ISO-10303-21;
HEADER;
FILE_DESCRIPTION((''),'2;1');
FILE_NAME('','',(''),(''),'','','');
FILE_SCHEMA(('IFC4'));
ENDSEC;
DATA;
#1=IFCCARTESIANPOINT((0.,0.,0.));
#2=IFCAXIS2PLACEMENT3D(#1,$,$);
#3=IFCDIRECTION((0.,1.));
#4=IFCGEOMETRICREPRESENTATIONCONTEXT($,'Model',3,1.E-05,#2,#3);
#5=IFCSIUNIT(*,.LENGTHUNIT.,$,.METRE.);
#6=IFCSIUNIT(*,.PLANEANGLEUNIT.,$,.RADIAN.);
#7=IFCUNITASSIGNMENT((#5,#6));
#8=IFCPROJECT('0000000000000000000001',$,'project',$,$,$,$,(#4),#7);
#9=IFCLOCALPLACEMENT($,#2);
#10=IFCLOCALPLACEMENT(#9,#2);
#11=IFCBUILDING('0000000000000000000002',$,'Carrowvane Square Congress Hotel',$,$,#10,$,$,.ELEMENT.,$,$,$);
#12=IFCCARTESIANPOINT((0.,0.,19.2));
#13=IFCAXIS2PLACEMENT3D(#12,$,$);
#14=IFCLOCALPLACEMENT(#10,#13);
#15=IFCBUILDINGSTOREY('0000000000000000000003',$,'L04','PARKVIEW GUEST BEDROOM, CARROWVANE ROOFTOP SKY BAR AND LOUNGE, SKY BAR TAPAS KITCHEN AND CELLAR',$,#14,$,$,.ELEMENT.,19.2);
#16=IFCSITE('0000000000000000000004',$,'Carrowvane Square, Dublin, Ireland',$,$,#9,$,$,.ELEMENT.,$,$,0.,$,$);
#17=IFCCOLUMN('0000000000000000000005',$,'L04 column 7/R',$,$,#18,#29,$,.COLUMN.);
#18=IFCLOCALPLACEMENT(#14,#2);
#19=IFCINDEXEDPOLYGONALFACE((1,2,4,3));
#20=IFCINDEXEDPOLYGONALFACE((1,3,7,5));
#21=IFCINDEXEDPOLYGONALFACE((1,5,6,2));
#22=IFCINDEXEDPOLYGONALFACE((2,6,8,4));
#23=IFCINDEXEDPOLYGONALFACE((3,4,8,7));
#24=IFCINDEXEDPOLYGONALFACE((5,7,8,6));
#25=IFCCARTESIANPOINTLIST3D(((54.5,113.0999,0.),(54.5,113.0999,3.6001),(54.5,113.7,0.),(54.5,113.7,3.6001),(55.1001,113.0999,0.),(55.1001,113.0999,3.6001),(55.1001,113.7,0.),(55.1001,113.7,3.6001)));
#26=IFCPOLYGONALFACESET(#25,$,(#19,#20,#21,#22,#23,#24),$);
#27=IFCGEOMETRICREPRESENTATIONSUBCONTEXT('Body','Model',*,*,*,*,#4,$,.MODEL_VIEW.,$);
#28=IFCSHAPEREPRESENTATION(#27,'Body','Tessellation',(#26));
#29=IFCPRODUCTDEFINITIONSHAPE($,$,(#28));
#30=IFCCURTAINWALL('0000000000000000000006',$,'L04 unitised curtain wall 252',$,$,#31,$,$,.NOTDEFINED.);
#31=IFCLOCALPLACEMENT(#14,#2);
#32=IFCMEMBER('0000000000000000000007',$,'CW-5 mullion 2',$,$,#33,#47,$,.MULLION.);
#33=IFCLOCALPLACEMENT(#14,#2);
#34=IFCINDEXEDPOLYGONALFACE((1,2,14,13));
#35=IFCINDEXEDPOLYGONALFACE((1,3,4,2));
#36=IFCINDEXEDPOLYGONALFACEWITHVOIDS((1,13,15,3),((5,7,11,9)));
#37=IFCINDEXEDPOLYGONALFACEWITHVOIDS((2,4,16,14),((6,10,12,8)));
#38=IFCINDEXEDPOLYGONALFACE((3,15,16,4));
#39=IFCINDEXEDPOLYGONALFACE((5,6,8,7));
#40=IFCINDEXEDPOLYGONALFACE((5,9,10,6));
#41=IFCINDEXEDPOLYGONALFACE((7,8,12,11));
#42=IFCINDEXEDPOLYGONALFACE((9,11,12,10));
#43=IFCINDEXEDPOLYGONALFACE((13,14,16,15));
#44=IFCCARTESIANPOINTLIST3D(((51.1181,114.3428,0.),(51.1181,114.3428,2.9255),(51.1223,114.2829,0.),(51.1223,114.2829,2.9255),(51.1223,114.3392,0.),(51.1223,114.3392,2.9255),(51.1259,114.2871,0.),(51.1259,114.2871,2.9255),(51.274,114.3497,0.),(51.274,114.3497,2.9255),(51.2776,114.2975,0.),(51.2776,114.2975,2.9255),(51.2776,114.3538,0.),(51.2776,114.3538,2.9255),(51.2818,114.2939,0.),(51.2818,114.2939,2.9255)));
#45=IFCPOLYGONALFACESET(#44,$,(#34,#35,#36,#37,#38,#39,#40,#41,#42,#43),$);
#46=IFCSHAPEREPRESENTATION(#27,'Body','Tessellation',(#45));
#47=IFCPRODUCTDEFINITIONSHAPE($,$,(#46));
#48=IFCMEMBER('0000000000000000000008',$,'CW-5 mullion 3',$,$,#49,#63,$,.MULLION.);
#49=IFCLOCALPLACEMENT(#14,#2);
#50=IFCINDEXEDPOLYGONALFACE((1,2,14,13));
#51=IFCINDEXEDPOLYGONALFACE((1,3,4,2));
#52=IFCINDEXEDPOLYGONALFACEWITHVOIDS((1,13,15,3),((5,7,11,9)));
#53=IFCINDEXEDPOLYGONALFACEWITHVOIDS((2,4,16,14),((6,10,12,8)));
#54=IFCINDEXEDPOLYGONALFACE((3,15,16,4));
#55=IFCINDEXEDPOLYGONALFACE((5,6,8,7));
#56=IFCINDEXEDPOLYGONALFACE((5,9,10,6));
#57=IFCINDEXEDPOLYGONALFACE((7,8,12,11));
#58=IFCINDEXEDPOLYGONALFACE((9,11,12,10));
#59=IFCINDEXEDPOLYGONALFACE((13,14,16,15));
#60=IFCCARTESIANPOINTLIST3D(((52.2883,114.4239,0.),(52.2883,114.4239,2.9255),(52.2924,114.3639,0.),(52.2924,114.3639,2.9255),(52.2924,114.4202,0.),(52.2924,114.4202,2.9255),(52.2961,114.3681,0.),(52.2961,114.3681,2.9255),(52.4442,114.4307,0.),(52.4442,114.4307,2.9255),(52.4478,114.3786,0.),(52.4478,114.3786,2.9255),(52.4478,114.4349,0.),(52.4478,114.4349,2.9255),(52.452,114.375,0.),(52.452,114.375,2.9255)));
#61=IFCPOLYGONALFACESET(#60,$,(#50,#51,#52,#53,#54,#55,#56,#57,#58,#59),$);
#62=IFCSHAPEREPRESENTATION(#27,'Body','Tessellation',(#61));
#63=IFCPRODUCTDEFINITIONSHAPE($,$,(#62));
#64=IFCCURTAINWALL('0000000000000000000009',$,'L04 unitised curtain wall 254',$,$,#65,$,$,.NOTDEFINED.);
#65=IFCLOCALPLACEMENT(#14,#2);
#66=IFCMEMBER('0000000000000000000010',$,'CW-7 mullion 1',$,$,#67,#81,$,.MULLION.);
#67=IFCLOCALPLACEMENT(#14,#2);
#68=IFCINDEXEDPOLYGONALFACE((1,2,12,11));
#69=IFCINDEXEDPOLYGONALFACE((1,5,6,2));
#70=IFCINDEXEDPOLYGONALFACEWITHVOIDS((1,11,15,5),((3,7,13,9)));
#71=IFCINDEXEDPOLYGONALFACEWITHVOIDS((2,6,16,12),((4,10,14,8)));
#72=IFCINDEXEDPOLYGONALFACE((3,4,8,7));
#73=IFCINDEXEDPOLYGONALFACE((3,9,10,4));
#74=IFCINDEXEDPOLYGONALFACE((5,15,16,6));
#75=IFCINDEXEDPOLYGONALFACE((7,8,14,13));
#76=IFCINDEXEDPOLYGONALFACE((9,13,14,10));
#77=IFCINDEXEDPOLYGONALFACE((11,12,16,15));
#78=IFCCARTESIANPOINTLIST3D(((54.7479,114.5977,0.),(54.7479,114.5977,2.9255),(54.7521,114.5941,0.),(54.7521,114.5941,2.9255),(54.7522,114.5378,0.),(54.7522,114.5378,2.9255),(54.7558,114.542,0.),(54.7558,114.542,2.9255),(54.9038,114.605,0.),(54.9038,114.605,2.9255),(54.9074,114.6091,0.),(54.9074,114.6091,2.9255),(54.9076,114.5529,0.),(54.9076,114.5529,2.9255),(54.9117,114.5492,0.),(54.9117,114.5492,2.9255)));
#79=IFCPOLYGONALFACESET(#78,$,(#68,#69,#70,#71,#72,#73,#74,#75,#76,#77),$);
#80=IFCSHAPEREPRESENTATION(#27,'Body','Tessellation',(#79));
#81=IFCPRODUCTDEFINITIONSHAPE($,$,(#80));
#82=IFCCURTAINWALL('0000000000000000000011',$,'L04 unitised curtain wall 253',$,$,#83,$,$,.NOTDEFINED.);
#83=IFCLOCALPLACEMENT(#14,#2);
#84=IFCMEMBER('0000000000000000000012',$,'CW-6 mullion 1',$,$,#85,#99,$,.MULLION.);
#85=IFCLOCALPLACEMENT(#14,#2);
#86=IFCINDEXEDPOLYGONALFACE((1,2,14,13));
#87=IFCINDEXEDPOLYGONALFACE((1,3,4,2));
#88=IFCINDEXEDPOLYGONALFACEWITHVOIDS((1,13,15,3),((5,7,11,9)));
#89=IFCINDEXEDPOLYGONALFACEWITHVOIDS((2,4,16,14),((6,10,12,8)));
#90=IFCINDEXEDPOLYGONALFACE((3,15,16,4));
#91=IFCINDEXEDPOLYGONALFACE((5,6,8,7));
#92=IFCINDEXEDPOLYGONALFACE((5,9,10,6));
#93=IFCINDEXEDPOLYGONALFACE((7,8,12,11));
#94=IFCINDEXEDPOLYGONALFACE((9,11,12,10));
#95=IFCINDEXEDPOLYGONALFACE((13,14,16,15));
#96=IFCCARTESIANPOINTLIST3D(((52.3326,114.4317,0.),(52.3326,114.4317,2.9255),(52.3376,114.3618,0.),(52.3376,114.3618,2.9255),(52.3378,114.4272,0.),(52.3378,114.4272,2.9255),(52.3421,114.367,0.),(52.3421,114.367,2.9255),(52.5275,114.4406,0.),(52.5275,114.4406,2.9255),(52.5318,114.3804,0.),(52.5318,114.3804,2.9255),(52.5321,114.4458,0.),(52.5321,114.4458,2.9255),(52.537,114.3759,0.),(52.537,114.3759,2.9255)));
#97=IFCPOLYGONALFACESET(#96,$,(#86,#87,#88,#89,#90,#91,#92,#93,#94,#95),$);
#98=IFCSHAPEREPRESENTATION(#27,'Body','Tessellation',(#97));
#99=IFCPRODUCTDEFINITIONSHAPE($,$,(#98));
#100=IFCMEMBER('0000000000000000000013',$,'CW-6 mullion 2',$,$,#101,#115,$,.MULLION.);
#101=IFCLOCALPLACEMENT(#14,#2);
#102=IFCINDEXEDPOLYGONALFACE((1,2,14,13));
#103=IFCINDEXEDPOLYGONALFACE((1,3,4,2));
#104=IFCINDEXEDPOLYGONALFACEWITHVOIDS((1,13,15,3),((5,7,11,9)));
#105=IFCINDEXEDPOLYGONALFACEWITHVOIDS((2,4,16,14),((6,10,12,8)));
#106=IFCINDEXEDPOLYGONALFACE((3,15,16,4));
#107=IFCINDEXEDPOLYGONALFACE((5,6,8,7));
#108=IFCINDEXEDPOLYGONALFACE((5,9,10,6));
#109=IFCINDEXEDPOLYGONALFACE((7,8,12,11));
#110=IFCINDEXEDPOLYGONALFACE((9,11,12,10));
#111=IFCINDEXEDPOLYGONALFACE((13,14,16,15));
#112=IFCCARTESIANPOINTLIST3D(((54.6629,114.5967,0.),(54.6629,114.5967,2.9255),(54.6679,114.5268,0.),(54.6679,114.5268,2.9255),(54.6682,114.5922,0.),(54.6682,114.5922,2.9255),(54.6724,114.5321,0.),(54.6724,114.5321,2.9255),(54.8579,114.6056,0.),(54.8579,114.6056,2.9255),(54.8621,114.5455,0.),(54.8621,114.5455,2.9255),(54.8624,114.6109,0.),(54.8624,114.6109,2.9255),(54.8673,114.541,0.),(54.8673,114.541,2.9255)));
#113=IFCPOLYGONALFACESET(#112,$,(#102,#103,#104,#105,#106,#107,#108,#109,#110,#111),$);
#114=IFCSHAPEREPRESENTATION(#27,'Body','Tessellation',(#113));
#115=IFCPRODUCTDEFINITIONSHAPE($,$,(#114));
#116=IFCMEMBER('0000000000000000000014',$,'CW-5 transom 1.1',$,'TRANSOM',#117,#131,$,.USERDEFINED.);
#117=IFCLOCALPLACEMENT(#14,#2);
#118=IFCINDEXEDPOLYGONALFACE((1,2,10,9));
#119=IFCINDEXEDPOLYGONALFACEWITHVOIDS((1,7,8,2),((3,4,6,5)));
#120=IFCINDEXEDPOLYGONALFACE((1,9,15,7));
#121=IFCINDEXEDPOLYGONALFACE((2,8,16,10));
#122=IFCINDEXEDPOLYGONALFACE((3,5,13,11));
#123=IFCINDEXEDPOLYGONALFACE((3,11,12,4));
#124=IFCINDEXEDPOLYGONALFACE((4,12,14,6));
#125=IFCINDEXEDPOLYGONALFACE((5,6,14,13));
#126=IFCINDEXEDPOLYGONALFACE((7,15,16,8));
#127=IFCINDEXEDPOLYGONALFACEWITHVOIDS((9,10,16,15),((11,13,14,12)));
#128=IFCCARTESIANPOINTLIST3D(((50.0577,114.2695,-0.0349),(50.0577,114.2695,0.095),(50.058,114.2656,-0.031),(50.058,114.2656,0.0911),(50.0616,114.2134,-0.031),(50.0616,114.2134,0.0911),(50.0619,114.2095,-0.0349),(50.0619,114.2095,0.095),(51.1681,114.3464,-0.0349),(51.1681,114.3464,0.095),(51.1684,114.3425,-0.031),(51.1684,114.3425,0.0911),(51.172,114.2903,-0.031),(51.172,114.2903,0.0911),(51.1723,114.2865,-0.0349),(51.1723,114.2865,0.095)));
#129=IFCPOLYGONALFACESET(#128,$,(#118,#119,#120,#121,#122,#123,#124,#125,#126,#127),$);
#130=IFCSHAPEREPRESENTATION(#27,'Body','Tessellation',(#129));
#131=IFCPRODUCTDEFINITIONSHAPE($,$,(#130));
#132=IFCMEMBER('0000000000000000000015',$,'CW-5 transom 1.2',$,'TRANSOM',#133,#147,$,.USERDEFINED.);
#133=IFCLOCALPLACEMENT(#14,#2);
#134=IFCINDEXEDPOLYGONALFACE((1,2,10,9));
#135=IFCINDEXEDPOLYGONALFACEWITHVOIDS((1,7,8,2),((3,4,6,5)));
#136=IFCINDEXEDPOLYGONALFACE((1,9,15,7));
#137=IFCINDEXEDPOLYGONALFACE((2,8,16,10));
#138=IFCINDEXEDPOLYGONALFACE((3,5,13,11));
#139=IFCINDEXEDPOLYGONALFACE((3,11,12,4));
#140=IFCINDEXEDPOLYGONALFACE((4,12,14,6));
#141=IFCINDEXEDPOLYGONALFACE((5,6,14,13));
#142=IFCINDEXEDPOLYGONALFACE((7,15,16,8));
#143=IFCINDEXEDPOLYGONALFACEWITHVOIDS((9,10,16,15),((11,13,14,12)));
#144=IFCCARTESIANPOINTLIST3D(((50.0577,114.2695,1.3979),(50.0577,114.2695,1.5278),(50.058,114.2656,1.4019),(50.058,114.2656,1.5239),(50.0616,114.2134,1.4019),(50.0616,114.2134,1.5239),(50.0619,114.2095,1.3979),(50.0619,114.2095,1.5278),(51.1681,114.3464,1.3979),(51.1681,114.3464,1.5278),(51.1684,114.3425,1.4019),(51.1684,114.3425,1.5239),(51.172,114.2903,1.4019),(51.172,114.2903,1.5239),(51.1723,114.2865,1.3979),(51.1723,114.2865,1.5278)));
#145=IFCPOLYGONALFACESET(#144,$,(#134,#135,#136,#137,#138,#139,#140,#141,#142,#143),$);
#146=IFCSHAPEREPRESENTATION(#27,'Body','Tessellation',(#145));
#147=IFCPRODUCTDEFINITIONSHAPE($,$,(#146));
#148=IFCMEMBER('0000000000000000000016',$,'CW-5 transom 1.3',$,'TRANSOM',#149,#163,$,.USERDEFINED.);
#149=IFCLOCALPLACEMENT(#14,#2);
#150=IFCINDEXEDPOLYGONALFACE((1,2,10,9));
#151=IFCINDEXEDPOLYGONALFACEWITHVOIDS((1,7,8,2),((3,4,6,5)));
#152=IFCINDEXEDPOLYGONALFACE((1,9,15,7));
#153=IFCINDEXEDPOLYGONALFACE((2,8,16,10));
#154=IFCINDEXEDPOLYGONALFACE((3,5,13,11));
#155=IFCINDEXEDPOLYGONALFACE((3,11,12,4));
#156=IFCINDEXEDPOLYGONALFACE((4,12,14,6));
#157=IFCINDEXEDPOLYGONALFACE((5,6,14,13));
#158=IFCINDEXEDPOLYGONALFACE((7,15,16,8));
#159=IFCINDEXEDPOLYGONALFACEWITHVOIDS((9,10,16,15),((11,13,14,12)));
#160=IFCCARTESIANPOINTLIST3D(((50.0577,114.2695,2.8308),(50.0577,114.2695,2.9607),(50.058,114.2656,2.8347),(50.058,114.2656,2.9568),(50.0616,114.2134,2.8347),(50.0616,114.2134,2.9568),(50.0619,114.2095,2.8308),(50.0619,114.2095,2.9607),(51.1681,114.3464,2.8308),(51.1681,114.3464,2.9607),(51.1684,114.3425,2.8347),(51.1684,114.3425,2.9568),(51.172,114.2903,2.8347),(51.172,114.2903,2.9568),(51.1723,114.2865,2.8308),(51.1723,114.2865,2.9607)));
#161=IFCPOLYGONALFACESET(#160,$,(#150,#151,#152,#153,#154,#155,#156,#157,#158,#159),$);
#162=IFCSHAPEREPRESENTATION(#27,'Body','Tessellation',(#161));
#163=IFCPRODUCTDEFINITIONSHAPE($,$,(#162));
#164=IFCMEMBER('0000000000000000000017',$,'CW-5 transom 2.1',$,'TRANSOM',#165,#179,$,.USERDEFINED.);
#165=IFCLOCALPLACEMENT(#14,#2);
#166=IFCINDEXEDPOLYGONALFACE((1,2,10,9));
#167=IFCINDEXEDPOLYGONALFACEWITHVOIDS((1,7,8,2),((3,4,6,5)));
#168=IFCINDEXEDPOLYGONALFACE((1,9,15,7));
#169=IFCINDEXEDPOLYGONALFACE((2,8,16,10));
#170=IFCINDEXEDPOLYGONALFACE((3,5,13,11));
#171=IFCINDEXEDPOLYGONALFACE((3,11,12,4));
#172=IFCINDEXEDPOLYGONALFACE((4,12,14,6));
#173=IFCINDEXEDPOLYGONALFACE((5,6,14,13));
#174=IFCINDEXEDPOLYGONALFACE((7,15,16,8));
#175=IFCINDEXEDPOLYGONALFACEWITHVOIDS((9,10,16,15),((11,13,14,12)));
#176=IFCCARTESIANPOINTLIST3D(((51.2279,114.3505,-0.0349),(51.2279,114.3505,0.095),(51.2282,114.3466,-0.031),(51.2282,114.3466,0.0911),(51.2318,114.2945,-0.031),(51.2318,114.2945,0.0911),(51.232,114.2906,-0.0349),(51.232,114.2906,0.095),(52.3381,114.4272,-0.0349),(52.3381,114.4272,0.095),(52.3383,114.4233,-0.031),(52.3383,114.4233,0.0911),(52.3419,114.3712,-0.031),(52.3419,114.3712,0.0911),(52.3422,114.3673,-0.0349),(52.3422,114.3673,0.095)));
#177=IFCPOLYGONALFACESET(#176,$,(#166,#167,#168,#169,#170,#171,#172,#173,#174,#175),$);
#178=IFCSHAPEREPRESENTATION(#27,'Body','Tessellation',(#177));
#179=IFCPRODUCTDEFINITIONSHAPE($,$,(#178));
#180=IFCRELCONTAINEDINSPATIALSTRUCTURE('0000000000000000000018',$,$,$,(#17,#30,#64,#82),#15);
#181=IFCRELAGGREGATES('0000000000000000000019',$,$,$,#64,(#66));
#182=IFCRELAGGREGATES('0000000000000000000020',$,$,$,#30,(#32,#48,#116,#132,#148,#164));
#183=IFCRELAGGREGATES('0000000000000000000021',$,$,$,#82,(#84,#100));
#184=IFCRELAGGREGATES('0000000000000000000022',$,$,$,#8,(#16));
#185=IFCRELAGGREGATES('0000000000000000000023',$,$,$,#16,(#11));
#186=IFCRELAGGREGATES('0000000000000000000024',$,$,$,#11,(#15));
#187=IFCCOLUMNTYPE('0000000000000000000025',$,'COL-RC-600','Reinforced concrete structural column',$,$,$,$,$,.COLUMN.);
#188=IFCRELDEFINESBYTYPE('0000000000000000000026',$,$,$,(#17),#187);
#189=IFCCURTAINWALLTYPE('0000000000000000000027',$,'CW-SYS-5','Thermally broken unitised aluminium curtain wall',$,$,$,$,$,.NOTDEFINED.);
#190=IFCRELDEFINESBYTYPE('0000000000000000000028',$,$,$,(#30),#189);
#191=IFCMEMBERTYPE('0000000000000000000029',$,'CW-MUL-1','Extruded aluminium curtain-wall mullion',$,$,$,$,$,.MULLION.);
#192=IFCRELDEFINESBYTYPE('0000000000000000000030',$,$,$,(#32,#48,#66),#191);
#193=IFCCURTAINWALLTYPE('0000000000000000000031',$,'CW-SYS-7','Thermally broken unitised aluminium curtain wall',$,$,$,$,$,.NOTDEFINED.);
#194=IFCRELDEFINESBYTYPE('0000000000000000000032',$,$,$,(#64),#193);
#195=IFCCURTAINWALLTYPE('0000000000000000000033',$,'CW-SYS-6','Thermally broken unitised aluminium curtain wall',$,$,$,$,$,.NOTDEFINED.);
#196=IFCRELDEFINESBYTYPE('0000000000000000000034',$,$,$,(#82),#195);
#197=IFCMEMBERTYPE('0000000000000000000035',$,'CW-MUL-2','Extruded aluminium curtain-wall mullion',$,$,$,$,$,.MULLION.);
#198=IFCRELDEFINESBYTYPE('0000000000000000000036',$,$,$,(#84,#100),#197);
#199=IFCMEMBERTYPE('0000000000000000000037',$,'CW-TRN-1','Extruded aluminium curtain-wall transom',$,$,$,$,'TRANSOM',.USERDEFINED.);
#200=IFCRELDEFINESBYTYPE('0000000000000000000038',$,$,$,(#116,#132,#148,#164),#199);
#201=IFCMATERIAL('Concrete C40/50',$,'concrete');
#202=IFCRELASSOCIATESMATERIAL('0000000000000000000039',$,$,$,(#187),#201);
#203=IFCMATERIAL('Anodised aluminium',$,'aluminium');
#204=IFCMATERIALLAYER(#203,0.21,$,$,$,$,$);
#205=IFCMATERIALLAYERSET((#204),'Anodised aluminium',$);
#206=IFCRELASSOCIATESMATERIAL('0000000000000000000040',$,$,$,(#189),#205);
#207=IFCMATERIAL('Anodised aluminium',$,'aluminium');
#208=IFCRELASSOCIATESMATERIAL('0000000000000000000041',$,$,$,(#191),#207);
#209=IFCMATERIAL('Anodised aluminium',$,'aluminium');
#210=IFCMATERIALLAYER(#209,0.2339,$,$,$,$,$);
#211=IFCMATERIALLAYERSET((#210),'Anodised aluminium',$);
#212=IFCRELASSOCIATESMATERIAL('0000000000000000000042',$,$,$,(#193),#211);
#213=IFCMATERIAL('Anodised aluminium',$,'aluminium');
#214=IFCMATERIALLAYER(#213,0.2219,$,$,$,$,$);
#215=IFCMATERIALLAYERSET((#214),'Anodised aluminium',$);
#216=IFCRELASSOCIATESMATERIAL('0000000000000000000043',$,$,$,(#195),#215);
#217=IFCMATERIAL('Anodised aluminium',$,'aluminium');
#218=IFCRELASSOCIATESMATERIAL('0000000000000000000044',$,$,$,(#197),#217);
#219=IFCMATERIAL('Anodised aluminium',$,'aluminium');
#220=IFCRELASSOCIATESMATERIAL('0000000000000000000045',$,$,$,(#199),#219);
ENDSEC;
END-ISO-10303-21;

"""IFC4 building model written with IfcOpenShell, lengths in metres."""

from ifc_helpers import new_model, si_unit, direction, frame, origin, origin_2d, place, context, subcontext, project, spatial, rectangle, hollow_rectangle, extrude, material, layer, layer_set, material_profile, profile_set, type_object, element, aggregate, save


model = new_model("IFC4")

# Units and contexts
model_context = context("Model", 3, precision=1e-05, world=origin(), true_north=direction((0.0, 1.0)))
body_context = subcontext(model_context, "Body", "Model", "MODEL_VIEW")
ifc_project = project(units=[si_unit("LENGTHUNIT", "METRE"), si_unit("PLANEANGLEUNIT", "RADIAN")], contexts=[model_context])

# Site, building, storey
site_placement = place(None, origin())
site = spatial("IfcSite", under=ifc_project, at=site_placement, Name="Carrowvane Square, Dublin, Ireland", CompositionType="ELEMENT", RefElevation=0.0)
building_placement = place(site_placement, origin())
building = spatial("IfcBuilding", under=site, at=building_placement, Name="Carrowvane Square Congress Hotel", CompositionType="ELEMENT")
storey_placement = place(building_placement, frame((0.0, 0.0, 19.2)))
storey = spatial("IfcBuildingStorey", under=building, at=storey_placement, Name="L04", Description="PARKVIEW GUEST BEDROOM, CARROWVANE ROOFTOP SKY BAR AND LOUNGE, SKY BAR TAPAS KITCHEN AND CELLAR", CompositionType="ELEMENT", Elevation=19.2)

# Column
ifc_material_1 = material(Name="Concrete C40/50", Category="concrete")
ifc_material_profile_1 = material_profile(ifc_material_1, rectangle(XDim=0.6001, YDim=0.6001, at=origin_2d()), Name="RC 600x600")
ifc_profile_set_1 = profile_set([ifc_material_profile_1], Name="Concrete C40/50")
column_type = type_object("IfcColumnType", Name="COL-RC-600", Description="Reinforced concrete structural column", PredefinedType="COLUMN", material=ifc_profile_set_1)
column_placement = place(storey_placement, frame((54.8, 113.3999, 0.0), z_axis=(0.0, 0.0, 1.0), x_axis=(1.0, 0.0, 0.0)))
element("IfcColumn", 1, at=column_placement, inside=storey, type_object=column_type, Name="L04 column 7/R", PredefinedType="COLUMN", context=body_context, shape_type="SweptSolid", body=[
    extrude(rectangle(XDim=0.6001, YDim=0.6001, at=origin_2d()), origin(), (0.0, 0.0, 1.0), 3.6001),
])

# Curtain wall, members
ifc_material_2 = material(Name="Anodised aluminium", Category="aluminium")
ifc_layer_1 = layer(ifc_material_2, 0.21)
ifc_layer_set_1 = layer_set([ifc_layer_1], Name="Anodised aluminium")
curtain_wall_type_1 = type_object("IfcCurtainWallType", Name="CW-SYS-5", Description="Thermally broken unitised aluminium curtain wall", PredefinedType="NOTDEFINED", material=ifc_layer_set_1)
curtain_wall_1_placement = place(storey_placement, origin())
curtain_wall_1 = element("IfcCurtainWall", 2, at=curtain_wall_1_placement, inside=storey, type_object=curtain_wall_type_1, Name="L04 unitised curtain wall 252", PredefinedType="NOTDEFINED")
ifc_material_3 = material(Name="Anodised aluminium", Category="aluminium")
ifc_material_profile_2 = material_profile(ifc_material_3, hollow_rectangle(XDim=0.0601, YDim=0.1599, WallThickness=0.0039, at=origin_2d()), Name="CW-ML 60x160x4")
ifc_profile_set_2 = profile_set([ifc_material_profile_2], Name="Anodised aluminium")
member_type_1 = type_object("IfcMemberType", Name="CW-MUL-1", Description="Extruded aluminium curtain-wall mullion", PredefinedType="MULLION", material=ifc_profile_set_2)
member_1_placement = place(storey_placement, frame((51.2, 114.3184, 0.0), z_axis=(0.0, 0.0, 1.0), x_axis=(-0.068986, 0.997618, 0.0)))
member_1 = element("IfcMember", 3, at=member_1_placement, type_object=member_type_1, Name="CW-5 mullion 2", PredefinedType="MULLION", context=body_context, shape_type="SweptSolid", body=[
    extrude(hollow_rectangle(XDim=0.0601, YDim=0.1599, WallThickness=0.0039, at=origin_2d()), origin(), (0.0, 0.0, 1.0), 2.9255),
])
member_2_placement = place(storey_placement, frame((52.3701, 114.3994, 0.0), z_axis=(0.0, 0.0, 1.0), x_axis=(-0.068986, 0.997618, 0.0)))
member_2 = element("IfcMember", 4, at=member_2_placement, type_object=member_type_1, Name="CW-5 mullion 3", PredefinedType="MULLION", context=body_context, shape_type="SweptSolid", body=[
    extrude(hollow_rectangle(XDim=0.0601, YDim=0.1599, WallThickness=0.0039, at=origin_2d()), origin(), (0.0, 0.0, 1.0), 2.9255),
])

# Curtain wall, member
ifc_material_4 = material(Name="Anodised aluminium", Category="aluminium")
ifc_layer_2 = layer(ifc_material_4, 0.2339)
ifc_layer_set_2 = layer_set([ifc_layer_2], Name="Anodised aluminium")
curtain_wall_type_2 = type_object("IfcCurtainWallType", Name="CW-SYS-7", Description="Thermally broken unitised aluminium curtain wall", PredefinedType="NOTDEFINED", material=ifc_layer_set_2)
curtain_wall_2_placement = place(storey_placement, origin())
curtain_wall_2 = element("IfcCurtainWall", 5, at=curtain_wall_2_placement, inside=storey, type_object=curtain_wall_type_2, Name="L04 unitised curtain wall 254", PredefinedType="NOTDEFINED")
member_3_placement = place(storey_placement, frame((54.8298, 114.5735, 0.0), z_axis=(0.0, 0.0, 1.0), x_axis=(-0.071418, 0.997446, 0.0)))
member_3 = element("IfcMember", 6, at=member_3_placement, type_object=member_type_1, Name="CW-7 mullion 1", PredefinedType="MULLION", context=body_context, shape_type="SweptSolid", body=[
    extrude(hollow_rectangle(XDim=0.0601, YDim=0.1599, WallThickness=0.0039, at=origin_2d()), origin(), (0.0, 0.0, 1.0), 2.9255),
])
aggregate(curtain_wall_2, [member_3])

# Curtain wall, members
ifc_material_5 = material(Name="Anodised aluminium", Category="aluminium")
ifc_layer_3 = layer(ifc_material_5, 0.2219)
ifc_layer_set_3 = layer_set([ifc_layer_3], Name="Anodised aluminium")
curtain_wall_type_3 = type_object("IfcCurtainWallType", Name="CW-SYS-6", Description="Thermally broken unitised aluminium curtain wall", PredefinedType="NOTDEFINED", material=ifc_layer_set_3)
curtain_wall_3_placement = place(storey_placement, origin())
curtain_wall_3 = element("IfcCurtainWall", 7, at=curtain_wall_3_placement, inside=storey, type_object=curtain_wall_type_3, Name="L04 unitised curtain wall 253", PredefinedType="NOTDEFINED")
ifc_material_6 = material(Name="Anodised aluminium", Category="aluminium")
ifc_material_profile_3 = material_profile(ifc_material_6, hollow_rectangle(XDim=0.0701, YDim=0.2, WallThickness=0.0049, at=origin_2d()), Name="CW-ML 70x200x5")
ifc_profile_set_3 = profile_set([ifc_material_profile_3], Name="Anodised aluminium")
member_type_2 = type_object("IfcMemberType", Name="CW-MUL-2", Description="Extruded aluminium curtain-wall mullion", PredefinedType="MULLION", material=ifc_profile_set_3)
member_4_placement = place(storey_placement, frame((52.4348, 114.4038, 0.0), z_axis=(0.0, 0.0, 1.0), x_axis=(-0.070586, 0.997506, 0.0)))
member_4 = element("IfcMember", 8, at=member_4_placement, type_object=member_type_2, Name="CW-6 mullion 1", PredefinedType="MULLION", context=body_context, shape_type="SweptSolid", body=[
    extrude(hollow_rectangle(XDim=0.0701, YDim=0.2, WallThickness=0.0049, at=origin_2d()), origin(), (0.0, 0.0, 1.0), 2.9255),
])
member_5_placement = place(storey_placement, frame((54.7651, 114.5688, 0.0), z_axis=(0.0, 0.0, 1.0), x_axis=(-0.070586, 0.997506, 0.0)))
member_5 = element("IfcMember", 9, at=member_5_placement, type_object=member_type_2, Name="CW-6 mullion 2", PredefinedType="MULLION", context=body_context, shape_type="SweptSolid", body=[
    extrude(hollow_rectangle(XDim=0.0701, YDim=0.2, WallThickness=0.0049, at=origin_2d()), origin(), (0.0, 0.0, 1.0), 2.9255),
])

# Members
ifc_material_7 = material(Name="Anodised aluminium", Category="aluminium")
ifc_material_profile_4 = material_profile(ifc_material_7, hollow_rectangle(XDim=0.0601, YDim=0.1299, WallThickness=0.0039, at=origin_2d()), Name="CW-TR 60x130x4")
ifc_profile_set_4 = profile_set([ifc_material_profile_4], Name="Anodised aluminium")
member_type_3 = type_object("IfcMemberType", Name="CW-TRN-1", Description="Extruded aluminium curtain-wall transom", ElementType="TRANSOM", PredefinedType="USERDEFINED", material=ifc_profile_set_4)
member_6_placement = place(storey_placement, frame((50.0598, 114.2395, 0.03), z_axis=(0.99761, 0.069096, 0.0), x_axis=(-0.069096, 0.99761, 0.0)))
member_6 = element("IfcMember", 10, at=member_6_placement, type_object=member_type_3, Name="CW-5 transom 1.1", ObjectType="TRANSOM", PredefinedType="USERDEFINED", context=body_context, shape_type="SweptSolid", body=[
    extrude(hollow_rectangle(XDim=0.0601, YDim=0.1299, WallThickness=0.0039, at=origin_2d()), origin(), (0.0, 0.0, 1.0), 1.113),
])
member_7_placement = place(storey_placement, frame((50.0598, 114.2395, 1.4629), z_axis=(0.99761, 0.069096, 0.0), x_axis=(-0.069096, 0.99761, 0.0)))
member_7 = element("IfcMember", 11, at=member_7_placement, type_object=member_type_3, Name="CW-5 transom 1.2", ObjectType="TRANSOM", PredefinedType="USERDEFINED", context=body_context, shape_type="SweptSolid", body=[
    extrude(hollow_rectangle(XDim=0.0601, YDim=0.1299, WallThickness=0.0039, at=origin_2d()), origin(), (0.0, 0.0, 1.0), 1.113),
])
member_8_placement = place(storey_placement, frame((50.0598, 114.2395, 2.8958), z_axis=(0.99761, 0.069096, 0.0), x_axis=(-0.069096, 0.99761, 0.0)))
member_8 = element("IfcMember", 12, at=member_8_placement, type_object=member_type_3, Name="CW-5 transom 1.3", ObjectType="TRANSOM", PredefinedType="USERDEFINED", context=body_context, shape_type="SweptSolid", body=[
    extrude(hollow_rectangle(XDim=0.0601, YDim=0.1299, WallThickness=0.0039, at=origin_2d()), origin(), (0.0, 0.0, 1.0), 1.113),
])
member_9_placement = place(storey_placement, frame((51.23, 114.3206, 0.03), z_axis=(0.997624, 0.068892, 0.0), x_axis=(-0.068892, 0.997624, 0.0)))
member_9 = element("IfcMember", 13, at=member_9_placement, type_object=member_type_3, Name="CW-5 transom 2.1", ObjectType="TRANSOM", PredefinedType="USERDEFINED", context=body_context, shape_type="SweptSolid", body=[
    extrude(hollow_rectangle(XDim=0.0601, YDim=0.1299, WallThickness=0.0039, at=origin_2d()), origin(), (0.0, 0.0, 1.0), 1.1128),
])

aggregate(curtain_wall_1, [member_1, member_2, member_6, member_7, member_8, member_9])
aggregate(curtain_wall_3, [member_4, member_5])

save(model, "model.ifc")
